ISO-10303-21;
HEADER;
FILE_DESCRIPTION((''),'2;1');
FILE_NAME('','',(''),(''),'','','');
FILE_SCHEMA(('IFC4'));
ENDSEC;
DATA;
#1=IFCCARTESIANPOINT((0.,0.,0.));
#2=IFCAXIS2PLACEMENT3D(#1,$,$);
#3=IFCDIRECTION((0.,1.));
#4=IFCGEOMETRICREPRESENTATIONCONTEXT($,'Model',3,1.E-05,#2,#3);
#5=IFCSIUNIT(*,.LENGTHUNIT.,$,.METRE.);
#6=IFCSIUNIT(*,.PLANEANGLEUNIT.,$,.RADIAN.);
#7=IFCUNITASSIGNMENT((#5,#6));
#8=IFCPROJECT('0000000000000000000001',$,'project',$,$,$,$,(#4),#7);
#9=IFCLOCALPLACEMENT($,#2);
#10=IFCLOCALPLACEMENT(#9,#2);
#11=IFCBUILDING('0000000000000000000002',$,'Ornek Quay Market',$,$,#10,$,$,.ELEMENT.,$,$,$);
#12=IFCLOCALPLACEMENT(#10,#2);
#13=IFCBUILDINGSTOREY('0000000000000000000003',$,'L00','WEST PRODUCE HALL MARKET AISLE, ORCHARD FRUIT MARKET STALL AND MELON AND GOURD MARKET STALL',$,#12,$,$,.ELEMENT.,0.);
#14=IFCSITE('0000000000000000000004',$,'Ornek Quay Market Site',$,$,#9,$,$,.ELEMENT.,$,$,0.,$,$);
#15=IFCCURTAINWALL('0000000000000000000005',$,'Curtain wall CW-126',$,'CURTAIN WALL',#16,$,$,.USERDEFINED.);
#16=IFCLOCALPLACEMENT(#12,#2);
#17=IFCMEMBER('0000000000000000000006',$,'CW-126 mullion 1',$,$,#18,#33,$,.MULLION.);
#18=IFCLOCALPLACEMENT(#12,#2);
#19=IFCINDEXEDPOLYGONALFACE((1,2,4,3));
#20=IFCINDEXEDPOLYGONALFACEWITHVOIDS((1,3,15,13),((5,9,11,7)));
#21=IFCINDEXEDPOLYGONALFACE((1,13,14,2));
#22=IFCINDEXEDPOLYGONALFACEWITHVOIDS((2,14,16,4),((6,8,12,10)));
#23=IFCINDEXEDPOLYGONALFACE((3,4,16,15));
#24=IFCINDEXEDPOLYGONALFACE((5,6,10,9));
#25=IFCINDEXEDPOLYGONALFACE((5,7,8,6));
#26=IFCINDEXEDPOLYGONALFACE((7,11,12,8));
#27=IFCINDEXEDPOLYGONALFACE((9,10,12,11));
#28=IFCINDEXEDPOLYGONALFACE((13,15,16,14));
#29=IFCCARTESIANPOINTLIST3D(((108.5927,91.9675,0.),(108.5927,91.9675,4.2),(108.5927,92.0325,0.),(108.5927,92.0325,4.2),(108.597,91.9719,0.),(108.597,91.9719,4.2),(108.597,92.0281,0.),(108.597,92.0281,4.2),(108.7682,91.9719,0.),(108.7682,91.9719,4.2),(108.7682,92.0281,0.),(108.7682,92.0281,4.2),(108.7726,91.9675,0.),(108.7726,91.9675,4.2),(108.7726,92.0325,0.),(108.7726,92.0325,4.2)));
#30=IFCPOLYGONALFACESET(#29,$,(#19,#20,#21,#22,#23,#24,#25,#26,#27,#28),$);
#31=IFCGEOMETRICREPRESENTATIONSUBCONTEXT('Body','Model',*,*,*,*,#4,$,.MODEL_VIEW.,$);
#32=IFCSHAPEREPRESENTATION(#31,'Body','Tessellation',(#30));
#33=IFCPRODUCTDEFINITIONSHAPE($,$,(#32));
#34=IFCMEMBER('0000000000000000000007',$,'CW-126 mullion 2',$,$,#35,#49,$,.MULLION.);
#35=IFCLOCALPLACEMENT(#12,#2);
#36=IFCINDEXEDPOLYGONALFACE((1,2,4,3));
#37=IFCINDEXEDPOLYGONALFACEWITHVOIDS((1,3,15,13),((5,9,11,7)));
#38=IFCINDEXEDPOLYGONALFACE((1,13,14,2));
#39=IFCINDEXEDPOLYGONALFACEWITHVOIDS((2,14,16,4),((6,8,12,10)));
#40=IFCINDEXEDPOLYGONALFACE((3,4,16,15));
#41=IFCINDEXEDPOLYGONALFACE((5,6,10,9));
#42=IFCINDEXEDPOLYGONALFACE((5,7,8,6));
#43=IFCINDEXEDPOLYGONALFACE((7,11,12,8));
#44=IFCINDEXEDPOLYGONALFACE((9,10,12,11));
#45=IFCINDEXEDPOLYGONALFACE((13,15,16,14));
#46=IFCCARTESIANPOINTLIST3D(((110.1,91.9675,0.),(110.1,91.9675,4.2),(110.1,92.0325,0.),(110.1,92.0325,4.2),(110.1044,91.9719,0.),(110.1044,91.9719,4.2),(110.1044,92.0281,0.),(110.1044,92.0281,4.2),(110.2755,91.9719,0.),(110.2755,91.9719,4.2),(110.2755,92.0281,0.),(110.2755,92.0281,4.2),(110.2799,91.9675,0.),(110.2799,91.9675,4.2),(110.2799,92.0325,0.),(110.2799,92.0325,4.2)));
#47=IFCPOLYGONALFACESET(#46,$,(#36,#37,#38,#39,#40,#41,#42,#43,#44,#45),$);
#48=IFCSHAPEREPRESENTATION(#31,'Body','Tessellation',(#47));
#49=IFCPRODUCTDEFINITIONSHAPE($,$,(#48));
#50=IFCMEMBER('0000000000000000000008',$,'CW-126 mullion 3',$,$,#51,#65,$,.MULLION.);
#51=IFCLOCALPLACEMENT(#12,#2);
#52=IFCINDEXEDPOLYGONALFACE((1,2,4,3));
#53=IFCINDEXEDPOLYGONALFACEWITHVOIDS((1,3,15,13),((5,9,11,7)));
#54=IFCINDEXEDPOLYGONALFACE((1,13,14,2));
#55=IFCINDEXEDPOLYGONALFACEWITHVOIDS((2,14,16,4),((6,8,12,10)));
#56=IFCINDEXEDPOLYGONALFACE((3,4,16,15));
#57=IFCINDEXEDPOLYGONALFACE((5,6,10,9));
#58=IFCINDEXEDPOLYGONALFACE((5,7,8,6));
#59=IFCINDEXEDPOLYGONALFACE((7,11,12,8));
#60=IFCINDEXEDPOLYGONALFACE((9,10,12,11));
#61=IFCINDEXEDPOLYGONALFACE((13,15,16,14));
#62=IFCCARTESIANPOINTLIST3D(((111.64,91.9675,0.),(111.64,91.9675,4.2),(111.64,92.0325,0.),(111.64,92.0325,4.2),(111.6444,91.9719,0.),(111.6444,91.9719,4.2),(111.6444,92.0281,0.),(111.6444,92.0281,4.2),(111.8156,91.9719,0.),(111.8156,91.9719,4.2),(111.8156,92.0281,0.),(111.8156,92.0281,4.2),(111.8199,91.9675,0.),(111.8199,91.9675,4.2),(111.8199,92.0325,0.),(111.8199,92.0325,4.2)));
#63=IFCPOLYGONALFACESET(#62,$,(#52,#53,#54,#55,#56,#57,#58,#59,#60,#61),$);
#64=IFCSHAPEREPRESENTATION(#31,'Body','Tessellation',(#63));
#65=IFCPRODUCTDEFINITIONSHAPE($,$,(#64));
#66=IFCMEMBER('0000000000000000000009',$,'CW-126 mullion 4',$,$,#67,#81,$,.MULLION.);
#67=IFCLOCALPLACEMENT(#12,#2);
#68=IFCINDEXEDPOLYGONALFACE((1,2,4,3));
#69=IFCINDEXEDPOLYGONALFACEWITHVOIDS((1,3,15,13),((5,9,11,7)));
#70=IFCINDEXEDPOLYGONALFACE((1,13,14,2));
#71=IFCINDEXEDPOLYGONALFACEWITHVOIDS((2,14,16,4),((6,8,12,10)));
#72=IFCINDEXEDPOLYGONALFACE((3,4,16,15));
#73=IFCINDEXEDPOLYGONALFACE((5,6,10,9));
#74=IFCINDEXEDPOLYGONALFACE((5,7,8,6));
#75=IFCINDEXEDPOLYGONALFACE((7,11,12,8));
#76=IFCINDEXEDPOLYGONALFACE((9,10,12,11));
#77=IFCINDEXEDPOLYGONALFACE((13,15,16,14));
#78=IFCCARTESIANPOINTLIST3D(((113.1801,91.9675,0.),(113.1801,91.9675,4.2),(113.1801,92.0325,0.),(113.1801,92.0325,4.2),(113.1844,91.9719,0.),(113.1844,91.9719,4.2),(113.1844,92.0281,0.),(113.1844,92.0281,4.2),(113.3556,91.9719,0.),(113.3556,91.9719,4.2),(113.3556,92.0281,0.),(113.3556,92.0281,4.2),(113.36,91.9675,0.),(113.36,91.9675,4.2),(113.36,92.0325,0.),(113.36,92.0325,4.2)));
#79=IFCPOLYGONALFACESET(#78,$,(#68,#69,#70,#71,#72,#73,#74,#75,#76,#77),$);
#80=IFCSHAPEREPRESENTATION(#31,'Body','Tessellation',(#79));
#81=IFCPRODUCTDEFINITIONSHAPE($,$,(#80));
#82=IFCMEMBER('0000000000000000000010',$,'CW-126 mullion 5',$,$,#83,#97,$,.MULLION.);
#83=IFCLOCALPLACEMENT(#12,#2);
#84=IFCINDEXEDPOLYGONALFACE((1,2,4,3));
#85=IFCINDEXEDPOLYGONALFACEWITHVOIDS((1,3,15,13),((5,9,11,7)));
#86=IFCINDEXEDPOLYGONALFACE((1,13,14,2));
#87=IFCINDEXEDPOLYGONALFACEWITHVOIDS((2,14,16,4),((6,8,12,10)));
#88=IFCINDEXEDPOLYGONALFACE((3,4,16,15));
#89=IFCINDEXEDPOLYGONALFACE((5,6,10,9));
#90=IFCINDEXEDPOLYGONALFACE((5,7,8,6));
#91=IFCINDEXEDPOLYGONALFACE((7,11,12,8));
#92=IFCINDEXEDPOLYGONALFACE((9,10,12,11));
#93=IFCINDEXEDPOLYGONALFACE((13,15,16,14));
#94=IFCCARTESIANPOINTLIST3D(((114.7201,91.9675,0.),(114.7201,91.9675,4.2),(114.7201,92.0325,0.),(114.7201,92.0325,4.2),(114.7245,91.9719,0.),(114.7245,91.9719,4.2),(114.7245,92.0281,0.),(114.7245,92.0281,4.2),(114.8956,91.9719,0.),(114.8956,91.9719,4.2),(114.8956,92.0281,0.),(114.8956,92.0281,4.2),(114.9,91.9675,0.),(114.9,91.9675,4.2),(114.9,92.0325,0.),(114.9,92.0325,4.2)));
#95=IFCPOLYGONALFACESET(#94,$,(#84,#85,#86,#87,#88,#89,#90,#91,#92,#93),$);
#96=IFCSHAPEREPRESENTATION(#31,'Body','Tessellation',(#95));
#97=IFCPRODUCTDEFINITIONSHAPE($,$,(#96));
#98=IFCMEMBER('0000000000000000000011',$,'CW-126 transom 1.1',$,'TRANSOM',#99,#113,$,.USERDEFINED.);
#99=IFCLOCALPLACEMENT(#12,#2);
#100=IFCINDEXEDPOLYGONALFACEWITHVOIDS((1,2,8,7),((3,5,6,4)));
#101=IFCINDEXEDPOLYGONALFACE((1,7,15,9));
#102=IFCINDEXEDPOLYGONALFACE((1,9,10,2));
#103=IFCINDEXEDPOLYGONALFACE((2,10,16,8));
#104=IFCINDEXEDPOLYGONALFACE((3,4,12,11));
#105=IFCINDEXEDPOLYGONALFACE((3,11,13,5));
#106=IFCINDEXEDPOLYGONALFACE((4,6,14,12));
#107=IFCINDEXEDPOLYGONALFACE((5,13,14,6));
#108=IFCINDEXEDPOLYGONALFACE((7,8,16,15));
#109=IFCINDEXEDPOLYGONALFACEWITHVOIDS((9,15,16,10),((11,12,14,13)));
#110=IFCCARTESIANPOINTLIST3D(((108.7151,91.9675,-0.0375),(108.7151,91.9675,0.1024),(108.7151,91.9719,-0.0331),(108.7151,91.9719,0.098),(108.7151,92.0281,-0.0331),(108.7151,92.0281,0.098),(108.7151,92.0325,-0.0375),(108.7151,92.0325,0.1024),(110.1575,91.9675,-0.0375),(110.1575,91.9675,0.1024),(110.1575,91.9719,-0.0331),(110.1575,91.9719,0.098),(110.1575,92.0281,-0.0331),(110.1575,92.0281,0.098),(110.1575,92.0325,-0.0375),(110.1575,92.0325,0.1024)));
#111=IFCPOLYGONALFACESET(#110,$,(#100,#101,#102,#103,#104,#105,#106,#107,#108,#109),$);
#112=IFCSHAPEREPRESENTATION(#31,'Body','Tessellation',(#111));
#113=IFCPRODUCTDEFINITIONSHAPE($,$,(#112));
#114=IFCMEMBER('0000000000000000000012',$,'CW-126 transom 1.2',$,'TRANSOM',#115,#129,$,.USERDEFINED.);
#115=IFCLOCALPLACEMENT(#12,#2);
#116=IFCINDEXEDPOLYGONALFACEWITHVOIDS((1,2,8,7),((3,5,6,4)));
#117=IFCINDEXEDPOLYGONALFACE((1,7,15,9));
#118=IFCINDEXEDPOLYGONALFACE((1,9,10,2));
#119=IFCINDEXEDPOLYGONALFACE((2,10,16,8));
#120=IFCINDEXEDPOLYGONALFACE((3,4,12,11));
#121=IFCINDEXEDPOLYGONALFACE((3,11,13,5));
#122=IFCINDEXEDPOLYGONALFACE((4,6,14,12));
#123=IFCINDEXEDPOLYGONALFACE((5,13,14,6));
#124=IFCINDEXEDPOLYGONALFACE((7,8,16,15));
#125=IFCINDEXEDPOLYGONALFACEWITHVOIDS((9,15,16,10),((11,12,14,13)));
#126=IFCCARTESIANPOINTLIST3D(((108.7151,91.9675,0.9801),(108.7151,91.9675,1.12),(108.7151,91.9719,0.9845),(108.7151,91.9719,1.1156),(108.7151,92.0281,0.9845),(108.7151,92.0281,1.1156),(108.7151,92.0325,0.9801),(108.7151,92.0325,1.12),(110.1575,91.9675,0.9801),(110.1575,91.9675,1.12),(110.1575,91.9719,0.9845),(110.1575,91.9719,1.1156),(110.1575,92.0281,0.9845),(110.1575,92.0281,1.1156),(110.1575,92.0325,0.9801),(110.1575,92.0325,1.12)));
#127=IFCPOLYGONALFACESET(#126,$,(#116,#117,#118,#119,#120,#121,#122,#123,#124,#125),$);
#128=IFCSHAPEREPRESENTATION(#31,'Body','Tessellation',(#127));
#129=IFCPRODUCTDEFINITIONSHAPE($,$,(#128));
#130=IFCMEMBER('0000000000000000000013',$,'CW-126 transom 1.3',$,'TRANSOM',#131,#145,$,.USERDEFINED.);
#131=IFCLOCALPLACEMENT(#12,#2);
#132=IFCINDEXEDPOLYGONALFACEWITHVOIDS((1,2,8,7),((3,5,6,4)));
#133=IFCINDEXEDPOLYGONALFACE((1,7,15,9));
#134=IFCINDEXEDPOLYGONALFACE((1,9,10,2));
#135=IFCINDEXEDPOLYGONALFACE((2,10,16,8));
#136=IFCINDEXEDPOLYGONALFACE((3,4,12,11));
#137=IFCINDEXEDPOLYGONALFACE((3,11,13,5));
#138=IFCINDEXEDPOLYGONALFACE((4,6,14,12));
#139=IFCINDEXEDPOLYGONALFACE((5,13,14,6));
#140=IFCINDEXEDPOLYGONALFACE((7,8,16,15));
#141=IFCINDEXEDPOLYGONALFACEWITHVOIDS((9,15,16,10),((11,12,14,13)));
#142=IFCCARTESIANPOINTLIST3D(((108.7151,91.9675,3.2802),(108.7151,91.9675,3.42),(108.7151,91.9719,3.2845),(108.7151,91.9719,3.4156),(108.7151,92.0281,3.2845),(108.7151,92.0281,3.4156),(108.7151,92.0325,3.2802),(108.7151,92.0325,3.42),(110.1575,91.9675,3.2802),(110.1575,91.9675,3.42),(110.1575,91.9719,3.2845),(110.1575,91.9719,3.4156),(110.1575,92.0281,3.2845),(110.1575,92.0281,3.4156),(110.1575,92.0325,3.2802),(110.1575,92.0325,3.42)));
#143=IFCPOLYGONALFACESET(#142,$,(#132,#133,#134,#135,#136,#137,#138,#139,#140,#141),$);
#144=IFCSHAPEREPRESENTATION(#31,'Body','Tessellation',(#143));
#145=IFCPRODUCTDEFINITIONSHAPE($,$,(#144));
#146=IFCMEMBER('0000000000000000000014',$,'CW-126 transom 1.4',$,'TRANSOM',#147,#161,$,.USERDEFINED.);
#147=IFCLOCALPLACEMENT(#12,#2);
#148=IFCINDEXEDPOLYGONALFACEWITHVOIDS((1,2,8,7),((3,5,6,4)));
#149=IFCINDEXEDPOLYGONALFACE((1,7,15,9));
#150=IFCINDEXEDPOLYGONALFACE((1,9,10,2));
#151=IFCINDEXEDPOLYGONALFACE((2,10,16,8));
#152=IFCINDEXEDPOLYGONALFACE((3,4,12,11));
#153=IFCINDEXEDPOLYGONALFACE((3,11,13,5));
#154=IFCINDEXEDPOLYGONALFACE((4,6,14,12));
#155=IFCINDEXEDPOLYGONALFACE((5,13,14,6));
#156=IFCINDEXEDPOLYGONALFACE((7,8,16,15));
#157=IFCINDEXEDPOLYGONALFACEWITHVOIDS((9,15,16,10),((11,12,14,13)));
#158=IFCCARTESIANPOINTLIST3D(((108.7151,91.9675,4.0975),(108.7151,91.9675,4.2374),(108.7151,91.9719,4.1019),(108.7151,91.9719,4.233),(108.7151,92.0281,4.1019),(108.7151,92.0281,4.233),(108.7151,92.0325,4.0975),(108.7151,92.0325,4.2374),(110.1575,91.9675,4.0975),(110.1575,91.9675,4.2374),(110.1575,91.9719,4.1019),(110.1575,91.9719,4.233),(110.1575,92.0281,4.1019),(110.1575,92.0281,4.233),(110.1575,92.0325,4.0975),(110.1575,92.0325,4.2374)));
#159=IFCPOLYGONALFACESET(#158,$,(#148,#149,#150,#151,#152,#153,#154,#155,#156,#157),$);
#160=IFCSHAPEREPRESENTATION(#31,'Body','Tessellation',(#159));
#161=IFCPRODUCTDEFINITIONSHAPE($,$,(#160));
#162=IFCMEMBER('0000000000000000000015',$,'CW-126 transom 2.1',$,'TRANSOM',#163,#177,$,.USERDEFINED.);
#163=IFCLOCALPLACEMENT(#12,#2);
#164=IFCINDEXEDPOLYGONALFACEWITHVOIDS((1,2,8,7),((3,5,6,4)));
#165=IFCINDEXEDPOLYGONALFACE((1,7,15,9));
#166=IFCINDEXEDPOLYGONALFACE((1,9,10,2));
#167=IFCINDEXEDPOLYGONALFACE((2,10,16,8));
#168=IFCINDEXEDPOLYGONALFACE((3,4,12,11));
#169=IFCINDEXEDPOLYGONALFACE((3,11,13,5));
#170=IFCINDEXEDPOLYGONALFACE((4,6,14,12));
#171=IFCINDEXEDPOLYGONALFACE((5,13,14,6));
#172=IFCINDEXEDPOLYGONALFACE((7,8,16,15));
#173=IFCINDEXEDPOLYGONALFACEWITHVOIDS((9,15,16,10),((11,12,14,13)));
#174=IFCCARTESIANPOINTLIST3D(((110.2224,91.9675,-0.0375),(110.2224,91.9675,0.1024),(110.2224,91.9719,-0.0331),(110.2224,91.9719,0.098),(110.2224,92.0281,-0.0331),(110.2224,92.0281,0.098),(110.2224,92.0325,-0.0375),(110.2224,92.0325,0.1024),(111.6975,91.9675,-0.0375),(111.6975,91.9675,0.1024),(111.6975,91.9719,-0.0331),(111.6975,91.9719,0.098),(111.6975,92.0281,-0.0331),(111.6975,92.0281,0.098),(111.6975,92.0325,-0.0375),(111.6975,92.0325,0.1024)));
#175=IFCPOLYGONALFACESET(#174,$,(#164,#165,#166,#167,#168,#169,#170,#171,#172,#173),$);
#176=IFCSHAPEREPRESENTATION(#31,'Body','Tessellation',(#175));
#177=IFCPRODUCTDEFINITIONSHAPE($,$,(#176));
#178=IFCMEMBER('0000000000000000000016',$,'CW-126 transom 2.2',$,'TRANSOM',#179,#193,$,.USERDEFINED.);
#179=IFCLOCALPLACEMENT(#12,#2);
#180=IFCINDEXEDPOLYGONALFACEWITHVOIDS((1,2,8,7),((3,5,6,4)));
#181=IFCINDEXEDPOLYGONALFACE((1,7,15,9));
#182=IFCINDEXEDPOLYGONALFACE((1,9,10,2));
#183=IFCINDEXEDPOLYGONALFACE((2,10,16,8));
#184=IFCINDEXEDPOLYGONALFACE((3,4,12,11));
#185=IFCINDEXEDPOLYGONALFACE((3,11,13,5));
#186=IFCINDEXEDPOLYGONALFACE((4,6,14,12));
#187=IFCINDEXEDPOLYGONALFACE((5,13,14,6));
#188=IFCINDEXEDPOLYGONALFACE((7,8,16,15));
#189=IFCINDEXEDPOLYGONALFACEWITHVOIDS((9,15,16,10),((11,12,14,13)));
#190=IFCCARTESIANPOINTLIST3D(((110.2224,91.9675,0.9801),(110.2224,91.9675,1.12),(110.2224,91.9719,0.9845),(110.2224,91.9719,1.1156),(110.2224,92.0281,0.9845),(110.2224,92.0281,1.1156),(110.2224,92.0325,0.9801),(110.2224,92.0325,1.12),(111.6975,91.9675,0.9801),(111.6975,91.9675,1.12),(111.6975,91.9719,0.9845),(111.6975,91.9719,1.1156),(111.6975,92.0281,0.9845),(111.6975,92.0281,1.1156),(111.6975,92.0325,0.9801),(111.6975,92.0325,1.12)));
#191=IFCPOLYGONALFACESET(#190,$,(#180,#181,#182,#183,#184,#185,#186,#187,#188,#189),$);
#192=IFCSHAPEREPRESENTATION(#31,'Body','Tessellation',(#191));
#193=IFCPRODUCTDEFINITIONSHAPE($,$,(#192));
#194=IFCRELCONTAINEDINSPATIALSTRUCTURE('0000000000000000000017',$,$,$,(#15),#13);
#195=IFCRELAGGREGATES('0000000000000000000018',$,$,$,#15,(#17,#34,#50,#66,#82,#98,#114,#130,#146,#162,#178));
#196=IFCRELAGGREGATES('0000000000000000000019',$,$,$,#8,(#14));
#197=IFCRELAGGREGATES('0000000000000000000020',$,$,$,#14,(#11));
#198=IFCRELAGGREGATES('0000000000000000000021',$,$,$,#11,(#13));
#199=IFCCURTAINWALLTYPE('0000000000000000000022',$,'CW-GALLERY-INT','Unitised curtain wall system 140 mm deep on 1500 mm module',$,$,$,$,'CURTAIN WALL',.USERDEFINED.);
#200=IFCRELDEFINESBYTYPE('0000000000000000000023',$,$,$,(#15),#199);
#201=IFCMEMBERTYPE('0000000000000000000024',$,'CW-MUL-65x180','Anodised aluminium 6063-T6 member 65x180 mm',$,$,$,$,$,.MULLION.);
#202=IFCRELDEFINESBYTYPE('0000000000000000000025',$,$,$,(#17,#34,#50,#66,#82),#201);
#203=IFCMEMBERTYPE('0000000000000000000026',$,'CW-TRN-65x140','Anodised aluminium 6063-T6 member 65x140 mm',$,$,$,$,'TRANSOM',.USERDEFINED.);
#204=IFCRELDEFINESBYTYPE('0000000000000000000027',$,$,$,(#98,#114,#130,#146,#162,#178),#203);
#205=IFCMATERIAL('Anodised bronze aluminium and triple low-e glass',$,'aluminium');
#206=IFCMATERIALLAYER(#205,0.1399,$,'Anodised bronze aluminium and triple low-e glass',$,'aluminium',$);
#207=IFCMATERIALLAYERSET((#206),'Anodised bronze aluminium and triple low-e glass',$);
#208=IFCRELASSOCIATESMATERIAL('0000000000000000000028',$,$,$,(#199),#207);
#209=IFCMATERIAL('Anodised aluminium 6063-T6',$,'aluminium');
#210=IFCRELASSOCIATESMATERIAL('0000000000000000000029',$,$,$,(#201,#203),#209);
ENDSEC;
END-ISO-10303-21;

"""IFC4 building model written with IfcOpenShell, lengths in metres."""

from ifc_helpers import new_model, si_unit, direction, frame, origin, origin_2d, place, context, subcontext, project, spatial, hollow_rectangle, extrude, material, layer, layer_set, material_profile, profile_set, type_object, element, aggregate, save


model = new_model("IFC4")

# Units and contexts
model_context = context("Model", 3, precision=1e-05, world=origin(), true_north=direction((0.0, 1.0)))
body_context = subcontext(model_context, "Body", "Model", "MODEL_VIEW")
ifc_project = project(units=[si_unit("LENGTHUNIT", "METRE"), si_unit("PLANEANGLEUNIT", "RADIAN")], contexts=[model_context])

# Site, building, storey
site_placement = place(None, origin())
site = spatial("IfcSite", under=ifc_project, at=site_placement, Name="Ornek Quay Market Site", CompositionType="ELEMENT", RefElevation=0.0)
building_placement = place(site_placement, origin())
building = spatial("IfcBuilding", under=site, at=building_placement, Name="Ornek Quay Market", CompositionType="ELEMENT")
storey_placement = place(building_placement, origin())
storey = spatial("IfcBuildingStorey", under=building, at=storey_placement, Name="L00", Description="WEST PRODUCE HALL MARKET AISLE, ORCHARD FRUIT MARKET STALL AND MELON AND GOURD MARKET STALL", CompositionType="ELEMENT", Elevation=0.0)

# Curtain wall, members
ifc_material_1 = material(Name="Anodised bronze aluminium and triple low-e glass", Category="aluminium")
ifc_layer_1 = layer(ifc_material_1, 0.1399, Name="Anodised bronze aluminium and triple low-e glass", Category="aluminium")
ifc_layer_set_1 = layer_set([ifc_layer_1], Name="Anodised bronze aluminium and triple low-e glass")
curtain_wall_type = type_object("IfcCurtainWallType", Name="CW-GALLERY-INT", Description="Unitised curtain wall system 140 mm deep on 1500 mm module", ElementType="CURTAIN WALL", PredefinedType="USERDEFINED", material=ifc_layer_set_1)
curtain_wall_placement = place(storey_placement, origin())
curtain_wall = element("IfcCurtainWall", 1, at=curtain_wall_placement, inside=storey, type_object=curtain_wall_type, Name="Curtain wall CW-126", ObjectType="CURTAIN WALL", PredefinedType="USERDEFINED")
ifc_material_2 = material(Name="Anodised aluminium 6063-T6", Category="aluminium")
ifc_material_profile_1 = material_profile(ifc_material_2, hollow_rectangle(XDim=0.0649, YDim=0.1799, WallThickness=0.0044, at=origin_2d()), Name="CW-MUL-65x180", Category="aluminium")
ifc_profile_set_1 = profile_set([ifc_material_profile_1], Name="Anodised aluminium 6063-T6")
member_type_1 = type_object("IfcMemberType", Name="CW-MUL-65x180", Description="Anodised aluminium 6063-T6 member 65x180 mm", PredefinedType="MULLION", material=ifc_profile_set_1)
member_1_placement = place(storey_placement, frame((108.6826, 92.0, 0.0), z_axis=(0.0, 0.0, 1.0), x_axis=(0.0, 1.0, 0.0)))
member_1 = element("IfcMember", 2, at=member_1_placement, type_object=member_type_1, Name="CW-126 mullion 1", PredefinedType="MULLION", context=body_context, shape_type="SweptSolid", body=[
    extrude(hollow_rectangle(XDim=0.0649, YDim=0.1799, WallThickness=0.0044, at=origin_2d()), origin(), (0.0, 0.0, 1.0), 4.2),
])
member_2_placement = place(storey_placement, frame((110.1899, 92.0, 0.0), z_axis=(0.0, 0.0, 1.0), x_axis=(0.0, 1.0, 0.0)))
member_2 = element("IfcMember", 3, at=member_2_placement, type_object=member_type_1, Name="CW-126 mullion 2", PredefinedType="MULLION", context=body_context, shape_type="SweptSolid", body=[
    extrude(hollow_rectangle(XDim=0.0649, YDim=0.1799, WallThickness=0.0044, at=origin_2d()), origin(), (0.0, 0.0, 1.0), 4.2),
])
member_3_placement = place(storey_placement, frame((111.73, 92.0, 0.0), z_axis=(0.0, 0.0, 1.0), x_axis=(0.0, 1.0, 0.0)))
member_3 = element("IfcMember", 4, at=member_3_placement, type_object=member_type_1, Name="CW-126 mullion 3", PredefinedType="MULLION", context=body_context, shape_type="SweptSolid", body=[
    extrude(hollow_rectangle(XDim=0.0649, YDim=0.1799, WallThickness=0.0044, at=origin_2d()), origin(), (0.0, 0.0, 1.0), 4.2),
])
member_4_placement = place(storey_placement, frame((113.27, 92.0, 0.0), z_axis=(0.0, 0.0, 1.0), x_axis=(0.0, 1.0, 0.0)))
member_4 = element("IfcMember", 5, at=member_4_placement, type_object=member_type_1, Name="CW-126 mullion 4", PredefinedType="MULLION", context=body_context, shape_type="SweptSolid", body=[
    extrude(hollow_rectangle(XDim=0.0649, YDim=0.1799, WallThickness=0.0044, at=origin_2d()), origin(), (0.0, 0.0, 1.0), 4.2),
])
member_5_placement = place(storey_placement, frame((114.8101, 92.0, 0.0), z_axis=(0.0, 0.0, 1.0), x_axis=(0.0, 1.0, 0.0)))
member_5 = element("IfcMember", 6, at=member_5_placement, type_object=member_type_1, Name="CW-126 mullion 5", PredefinedType="MULLION", context=body_context, shape_type="SweptSolid", body=[
    extrude(hollow_rectangle(XDim=0.0649, YDim=0.1799, WallThickness=0.0044, at=origin_2d()), origin(), (0.0, 0.0, 1.0), 4.2),
])
ifc_material_profile_2 = material_profile(ifc_material_2, hollow_rectangle(XDim=0.0649, YDim=0.1399, WallThickness=0.0044, at=origin_2d()), Name="CW-TRN-65x140", Category="aluminium")
ifc_profile_set_2 = profile_set([ifc_material_profile_2], Name="Anodised aluminium 6063-T6")
member_type_2 = type_object("IfcMemberType", Name="CW-TRN-65x140", Description="Anodised aluminium 6063-T6 member 65x140 mm", ElementType="TRANSOM", PredefinedType="USERDEFINED", material=ifc_profile_set_2)
member_6_placement = place(storey_placement, frame((108.7151, 92.0, 0.0325), z_axis=(1.0, 0.0, 0.0), x_axis=(0.0, 1.0, 0.0)))
member_6 = element("IfcMember", 7, at=member_6_placement, type_object=member_type_2, Name="CW-126 transom 1.1", ObjectType="TRANSOM", PredefinedType="USERDEFINED", context=body_context, shape_type="SweptSolid", body=[
    extrude(hollow_rectangle(XDim=0.0649, YDim=0.1399, WallThickness=0.0044, at=origin_2d()), origin(), (0.0, 0.0, 1.0), 1.4424),
])
member_7_placement = place(storey_placement, frame((108.7151, 92.0, 1.05), z_axis=(1.0, 0.0, 0.0), x_axis=(0.0, 1.0, 0.0)))
member_7 = element("IfcMember", 8, at=member_7_placement, type_object=member_type_2, Name="CW-126 transom 1.2", ObjectType="TRANSOM", PredefinedType="USERDEFINED", context=body_context, shape_type="SweptSolid", body=[
    extrude(hollow_rectangle(XDim=0.0649, YDim=0.1399, WallThickness=0.0044, at=origin_2d()), origin(), (0.0, 0.0, 1.0), 1.4424),
])
member_8_placement = place(storey_placement, frame((108.7151, 92.0, 3.3501), z_axis=(1.0, 0.0, 0.0), x_axis=(0.0, 1.0, 0.0)))
member_8 = element("IfcMember", 9, at=member_8_placement, type_object=member_type_2, Name="CW-126 transom 1.3", ObjectType="TRANSOM", PredefinedType="USERDEFINED", context=body_context, shape_type="SweptSolid", body=[
    extrude(hollow_rectangle(XDim=0.0649, YDim=0.1399, WallThickness=0.0044, at=origin_2d()), origin(), (0.0, 0.0, 1.0), 1.4424),
])
member_9_placement = place(storey_placement, frame((108.7151, 92.0, 4.1675), z_axis=(1.0, 0.0, 0.0), x_axis=(0.0, 1.0, 0.0)))
member_9 = element("IfcMember", 10, at=member_9_placement, type_object=member_type_2, Name="CW-126 transom 1.4", ObjectType="TRANSOM", PredefinedType="USERDEFINED", context=body_context, shape_type="SweptSolid", body=[
    extrude(hollow_rectangle(XDim=0.0649, YDim=0.1399, WallThickness=0.0044, at=origin_2d()), origin(), (0.0, 0.0, 1.0), 1.4424),
])
member_10_placement = place(storey_placement, frame((110.2224, 92.0, 0.0325), z_axis=(1.0, 0.0, 0.0), x_axis=(0.0, 1.0, 0.0)))
member_10 = element("IfcMember", 11, at=member_10_placement, type_object=member_type_2, Name="CW-126 transom 2.1", ObjectType="TRANSOM", PredefinedType="USERDEFINED", context=body_context, shape_type="SweptSolid", body=[
    extrude(hollow_rectangle(XDim=0.0649, YDim=0.1399, WallThickness=0.0044, at=origin_2d()), origin(), (0.0, 0.0, 1.0), 1.4751),
])
member_11_placement = place(storey_placement, frame((110.2224, 92.0, 1.05), z_axis=(1.0, 0.0, 0.0), x_axis=(0.0, 1.0, 0.0)))
member_11 = element("IfcMember", 12, at=member_11_placement, type_object=member_type_2, Name="CW-126 transom 2.2", ObjectType="TRANSOM", PredefinedType="USERDEFINED", context=body_context, shape_type="SweptSolid", body=[
    extrude(hollow_rectangle(XDim=0.0649, YDim=0.1399, WallThickness=0.0044, at=origin_2d()), origin(), (0.0, 0.0, 1.0), 1.4751),
])
aggregate(curtain_wall, [member_1, member_2, member_3, member_4, member_5, member_6, member_7, member_8, member_9, member_10, member_11])

save(model, "model.ifc")
